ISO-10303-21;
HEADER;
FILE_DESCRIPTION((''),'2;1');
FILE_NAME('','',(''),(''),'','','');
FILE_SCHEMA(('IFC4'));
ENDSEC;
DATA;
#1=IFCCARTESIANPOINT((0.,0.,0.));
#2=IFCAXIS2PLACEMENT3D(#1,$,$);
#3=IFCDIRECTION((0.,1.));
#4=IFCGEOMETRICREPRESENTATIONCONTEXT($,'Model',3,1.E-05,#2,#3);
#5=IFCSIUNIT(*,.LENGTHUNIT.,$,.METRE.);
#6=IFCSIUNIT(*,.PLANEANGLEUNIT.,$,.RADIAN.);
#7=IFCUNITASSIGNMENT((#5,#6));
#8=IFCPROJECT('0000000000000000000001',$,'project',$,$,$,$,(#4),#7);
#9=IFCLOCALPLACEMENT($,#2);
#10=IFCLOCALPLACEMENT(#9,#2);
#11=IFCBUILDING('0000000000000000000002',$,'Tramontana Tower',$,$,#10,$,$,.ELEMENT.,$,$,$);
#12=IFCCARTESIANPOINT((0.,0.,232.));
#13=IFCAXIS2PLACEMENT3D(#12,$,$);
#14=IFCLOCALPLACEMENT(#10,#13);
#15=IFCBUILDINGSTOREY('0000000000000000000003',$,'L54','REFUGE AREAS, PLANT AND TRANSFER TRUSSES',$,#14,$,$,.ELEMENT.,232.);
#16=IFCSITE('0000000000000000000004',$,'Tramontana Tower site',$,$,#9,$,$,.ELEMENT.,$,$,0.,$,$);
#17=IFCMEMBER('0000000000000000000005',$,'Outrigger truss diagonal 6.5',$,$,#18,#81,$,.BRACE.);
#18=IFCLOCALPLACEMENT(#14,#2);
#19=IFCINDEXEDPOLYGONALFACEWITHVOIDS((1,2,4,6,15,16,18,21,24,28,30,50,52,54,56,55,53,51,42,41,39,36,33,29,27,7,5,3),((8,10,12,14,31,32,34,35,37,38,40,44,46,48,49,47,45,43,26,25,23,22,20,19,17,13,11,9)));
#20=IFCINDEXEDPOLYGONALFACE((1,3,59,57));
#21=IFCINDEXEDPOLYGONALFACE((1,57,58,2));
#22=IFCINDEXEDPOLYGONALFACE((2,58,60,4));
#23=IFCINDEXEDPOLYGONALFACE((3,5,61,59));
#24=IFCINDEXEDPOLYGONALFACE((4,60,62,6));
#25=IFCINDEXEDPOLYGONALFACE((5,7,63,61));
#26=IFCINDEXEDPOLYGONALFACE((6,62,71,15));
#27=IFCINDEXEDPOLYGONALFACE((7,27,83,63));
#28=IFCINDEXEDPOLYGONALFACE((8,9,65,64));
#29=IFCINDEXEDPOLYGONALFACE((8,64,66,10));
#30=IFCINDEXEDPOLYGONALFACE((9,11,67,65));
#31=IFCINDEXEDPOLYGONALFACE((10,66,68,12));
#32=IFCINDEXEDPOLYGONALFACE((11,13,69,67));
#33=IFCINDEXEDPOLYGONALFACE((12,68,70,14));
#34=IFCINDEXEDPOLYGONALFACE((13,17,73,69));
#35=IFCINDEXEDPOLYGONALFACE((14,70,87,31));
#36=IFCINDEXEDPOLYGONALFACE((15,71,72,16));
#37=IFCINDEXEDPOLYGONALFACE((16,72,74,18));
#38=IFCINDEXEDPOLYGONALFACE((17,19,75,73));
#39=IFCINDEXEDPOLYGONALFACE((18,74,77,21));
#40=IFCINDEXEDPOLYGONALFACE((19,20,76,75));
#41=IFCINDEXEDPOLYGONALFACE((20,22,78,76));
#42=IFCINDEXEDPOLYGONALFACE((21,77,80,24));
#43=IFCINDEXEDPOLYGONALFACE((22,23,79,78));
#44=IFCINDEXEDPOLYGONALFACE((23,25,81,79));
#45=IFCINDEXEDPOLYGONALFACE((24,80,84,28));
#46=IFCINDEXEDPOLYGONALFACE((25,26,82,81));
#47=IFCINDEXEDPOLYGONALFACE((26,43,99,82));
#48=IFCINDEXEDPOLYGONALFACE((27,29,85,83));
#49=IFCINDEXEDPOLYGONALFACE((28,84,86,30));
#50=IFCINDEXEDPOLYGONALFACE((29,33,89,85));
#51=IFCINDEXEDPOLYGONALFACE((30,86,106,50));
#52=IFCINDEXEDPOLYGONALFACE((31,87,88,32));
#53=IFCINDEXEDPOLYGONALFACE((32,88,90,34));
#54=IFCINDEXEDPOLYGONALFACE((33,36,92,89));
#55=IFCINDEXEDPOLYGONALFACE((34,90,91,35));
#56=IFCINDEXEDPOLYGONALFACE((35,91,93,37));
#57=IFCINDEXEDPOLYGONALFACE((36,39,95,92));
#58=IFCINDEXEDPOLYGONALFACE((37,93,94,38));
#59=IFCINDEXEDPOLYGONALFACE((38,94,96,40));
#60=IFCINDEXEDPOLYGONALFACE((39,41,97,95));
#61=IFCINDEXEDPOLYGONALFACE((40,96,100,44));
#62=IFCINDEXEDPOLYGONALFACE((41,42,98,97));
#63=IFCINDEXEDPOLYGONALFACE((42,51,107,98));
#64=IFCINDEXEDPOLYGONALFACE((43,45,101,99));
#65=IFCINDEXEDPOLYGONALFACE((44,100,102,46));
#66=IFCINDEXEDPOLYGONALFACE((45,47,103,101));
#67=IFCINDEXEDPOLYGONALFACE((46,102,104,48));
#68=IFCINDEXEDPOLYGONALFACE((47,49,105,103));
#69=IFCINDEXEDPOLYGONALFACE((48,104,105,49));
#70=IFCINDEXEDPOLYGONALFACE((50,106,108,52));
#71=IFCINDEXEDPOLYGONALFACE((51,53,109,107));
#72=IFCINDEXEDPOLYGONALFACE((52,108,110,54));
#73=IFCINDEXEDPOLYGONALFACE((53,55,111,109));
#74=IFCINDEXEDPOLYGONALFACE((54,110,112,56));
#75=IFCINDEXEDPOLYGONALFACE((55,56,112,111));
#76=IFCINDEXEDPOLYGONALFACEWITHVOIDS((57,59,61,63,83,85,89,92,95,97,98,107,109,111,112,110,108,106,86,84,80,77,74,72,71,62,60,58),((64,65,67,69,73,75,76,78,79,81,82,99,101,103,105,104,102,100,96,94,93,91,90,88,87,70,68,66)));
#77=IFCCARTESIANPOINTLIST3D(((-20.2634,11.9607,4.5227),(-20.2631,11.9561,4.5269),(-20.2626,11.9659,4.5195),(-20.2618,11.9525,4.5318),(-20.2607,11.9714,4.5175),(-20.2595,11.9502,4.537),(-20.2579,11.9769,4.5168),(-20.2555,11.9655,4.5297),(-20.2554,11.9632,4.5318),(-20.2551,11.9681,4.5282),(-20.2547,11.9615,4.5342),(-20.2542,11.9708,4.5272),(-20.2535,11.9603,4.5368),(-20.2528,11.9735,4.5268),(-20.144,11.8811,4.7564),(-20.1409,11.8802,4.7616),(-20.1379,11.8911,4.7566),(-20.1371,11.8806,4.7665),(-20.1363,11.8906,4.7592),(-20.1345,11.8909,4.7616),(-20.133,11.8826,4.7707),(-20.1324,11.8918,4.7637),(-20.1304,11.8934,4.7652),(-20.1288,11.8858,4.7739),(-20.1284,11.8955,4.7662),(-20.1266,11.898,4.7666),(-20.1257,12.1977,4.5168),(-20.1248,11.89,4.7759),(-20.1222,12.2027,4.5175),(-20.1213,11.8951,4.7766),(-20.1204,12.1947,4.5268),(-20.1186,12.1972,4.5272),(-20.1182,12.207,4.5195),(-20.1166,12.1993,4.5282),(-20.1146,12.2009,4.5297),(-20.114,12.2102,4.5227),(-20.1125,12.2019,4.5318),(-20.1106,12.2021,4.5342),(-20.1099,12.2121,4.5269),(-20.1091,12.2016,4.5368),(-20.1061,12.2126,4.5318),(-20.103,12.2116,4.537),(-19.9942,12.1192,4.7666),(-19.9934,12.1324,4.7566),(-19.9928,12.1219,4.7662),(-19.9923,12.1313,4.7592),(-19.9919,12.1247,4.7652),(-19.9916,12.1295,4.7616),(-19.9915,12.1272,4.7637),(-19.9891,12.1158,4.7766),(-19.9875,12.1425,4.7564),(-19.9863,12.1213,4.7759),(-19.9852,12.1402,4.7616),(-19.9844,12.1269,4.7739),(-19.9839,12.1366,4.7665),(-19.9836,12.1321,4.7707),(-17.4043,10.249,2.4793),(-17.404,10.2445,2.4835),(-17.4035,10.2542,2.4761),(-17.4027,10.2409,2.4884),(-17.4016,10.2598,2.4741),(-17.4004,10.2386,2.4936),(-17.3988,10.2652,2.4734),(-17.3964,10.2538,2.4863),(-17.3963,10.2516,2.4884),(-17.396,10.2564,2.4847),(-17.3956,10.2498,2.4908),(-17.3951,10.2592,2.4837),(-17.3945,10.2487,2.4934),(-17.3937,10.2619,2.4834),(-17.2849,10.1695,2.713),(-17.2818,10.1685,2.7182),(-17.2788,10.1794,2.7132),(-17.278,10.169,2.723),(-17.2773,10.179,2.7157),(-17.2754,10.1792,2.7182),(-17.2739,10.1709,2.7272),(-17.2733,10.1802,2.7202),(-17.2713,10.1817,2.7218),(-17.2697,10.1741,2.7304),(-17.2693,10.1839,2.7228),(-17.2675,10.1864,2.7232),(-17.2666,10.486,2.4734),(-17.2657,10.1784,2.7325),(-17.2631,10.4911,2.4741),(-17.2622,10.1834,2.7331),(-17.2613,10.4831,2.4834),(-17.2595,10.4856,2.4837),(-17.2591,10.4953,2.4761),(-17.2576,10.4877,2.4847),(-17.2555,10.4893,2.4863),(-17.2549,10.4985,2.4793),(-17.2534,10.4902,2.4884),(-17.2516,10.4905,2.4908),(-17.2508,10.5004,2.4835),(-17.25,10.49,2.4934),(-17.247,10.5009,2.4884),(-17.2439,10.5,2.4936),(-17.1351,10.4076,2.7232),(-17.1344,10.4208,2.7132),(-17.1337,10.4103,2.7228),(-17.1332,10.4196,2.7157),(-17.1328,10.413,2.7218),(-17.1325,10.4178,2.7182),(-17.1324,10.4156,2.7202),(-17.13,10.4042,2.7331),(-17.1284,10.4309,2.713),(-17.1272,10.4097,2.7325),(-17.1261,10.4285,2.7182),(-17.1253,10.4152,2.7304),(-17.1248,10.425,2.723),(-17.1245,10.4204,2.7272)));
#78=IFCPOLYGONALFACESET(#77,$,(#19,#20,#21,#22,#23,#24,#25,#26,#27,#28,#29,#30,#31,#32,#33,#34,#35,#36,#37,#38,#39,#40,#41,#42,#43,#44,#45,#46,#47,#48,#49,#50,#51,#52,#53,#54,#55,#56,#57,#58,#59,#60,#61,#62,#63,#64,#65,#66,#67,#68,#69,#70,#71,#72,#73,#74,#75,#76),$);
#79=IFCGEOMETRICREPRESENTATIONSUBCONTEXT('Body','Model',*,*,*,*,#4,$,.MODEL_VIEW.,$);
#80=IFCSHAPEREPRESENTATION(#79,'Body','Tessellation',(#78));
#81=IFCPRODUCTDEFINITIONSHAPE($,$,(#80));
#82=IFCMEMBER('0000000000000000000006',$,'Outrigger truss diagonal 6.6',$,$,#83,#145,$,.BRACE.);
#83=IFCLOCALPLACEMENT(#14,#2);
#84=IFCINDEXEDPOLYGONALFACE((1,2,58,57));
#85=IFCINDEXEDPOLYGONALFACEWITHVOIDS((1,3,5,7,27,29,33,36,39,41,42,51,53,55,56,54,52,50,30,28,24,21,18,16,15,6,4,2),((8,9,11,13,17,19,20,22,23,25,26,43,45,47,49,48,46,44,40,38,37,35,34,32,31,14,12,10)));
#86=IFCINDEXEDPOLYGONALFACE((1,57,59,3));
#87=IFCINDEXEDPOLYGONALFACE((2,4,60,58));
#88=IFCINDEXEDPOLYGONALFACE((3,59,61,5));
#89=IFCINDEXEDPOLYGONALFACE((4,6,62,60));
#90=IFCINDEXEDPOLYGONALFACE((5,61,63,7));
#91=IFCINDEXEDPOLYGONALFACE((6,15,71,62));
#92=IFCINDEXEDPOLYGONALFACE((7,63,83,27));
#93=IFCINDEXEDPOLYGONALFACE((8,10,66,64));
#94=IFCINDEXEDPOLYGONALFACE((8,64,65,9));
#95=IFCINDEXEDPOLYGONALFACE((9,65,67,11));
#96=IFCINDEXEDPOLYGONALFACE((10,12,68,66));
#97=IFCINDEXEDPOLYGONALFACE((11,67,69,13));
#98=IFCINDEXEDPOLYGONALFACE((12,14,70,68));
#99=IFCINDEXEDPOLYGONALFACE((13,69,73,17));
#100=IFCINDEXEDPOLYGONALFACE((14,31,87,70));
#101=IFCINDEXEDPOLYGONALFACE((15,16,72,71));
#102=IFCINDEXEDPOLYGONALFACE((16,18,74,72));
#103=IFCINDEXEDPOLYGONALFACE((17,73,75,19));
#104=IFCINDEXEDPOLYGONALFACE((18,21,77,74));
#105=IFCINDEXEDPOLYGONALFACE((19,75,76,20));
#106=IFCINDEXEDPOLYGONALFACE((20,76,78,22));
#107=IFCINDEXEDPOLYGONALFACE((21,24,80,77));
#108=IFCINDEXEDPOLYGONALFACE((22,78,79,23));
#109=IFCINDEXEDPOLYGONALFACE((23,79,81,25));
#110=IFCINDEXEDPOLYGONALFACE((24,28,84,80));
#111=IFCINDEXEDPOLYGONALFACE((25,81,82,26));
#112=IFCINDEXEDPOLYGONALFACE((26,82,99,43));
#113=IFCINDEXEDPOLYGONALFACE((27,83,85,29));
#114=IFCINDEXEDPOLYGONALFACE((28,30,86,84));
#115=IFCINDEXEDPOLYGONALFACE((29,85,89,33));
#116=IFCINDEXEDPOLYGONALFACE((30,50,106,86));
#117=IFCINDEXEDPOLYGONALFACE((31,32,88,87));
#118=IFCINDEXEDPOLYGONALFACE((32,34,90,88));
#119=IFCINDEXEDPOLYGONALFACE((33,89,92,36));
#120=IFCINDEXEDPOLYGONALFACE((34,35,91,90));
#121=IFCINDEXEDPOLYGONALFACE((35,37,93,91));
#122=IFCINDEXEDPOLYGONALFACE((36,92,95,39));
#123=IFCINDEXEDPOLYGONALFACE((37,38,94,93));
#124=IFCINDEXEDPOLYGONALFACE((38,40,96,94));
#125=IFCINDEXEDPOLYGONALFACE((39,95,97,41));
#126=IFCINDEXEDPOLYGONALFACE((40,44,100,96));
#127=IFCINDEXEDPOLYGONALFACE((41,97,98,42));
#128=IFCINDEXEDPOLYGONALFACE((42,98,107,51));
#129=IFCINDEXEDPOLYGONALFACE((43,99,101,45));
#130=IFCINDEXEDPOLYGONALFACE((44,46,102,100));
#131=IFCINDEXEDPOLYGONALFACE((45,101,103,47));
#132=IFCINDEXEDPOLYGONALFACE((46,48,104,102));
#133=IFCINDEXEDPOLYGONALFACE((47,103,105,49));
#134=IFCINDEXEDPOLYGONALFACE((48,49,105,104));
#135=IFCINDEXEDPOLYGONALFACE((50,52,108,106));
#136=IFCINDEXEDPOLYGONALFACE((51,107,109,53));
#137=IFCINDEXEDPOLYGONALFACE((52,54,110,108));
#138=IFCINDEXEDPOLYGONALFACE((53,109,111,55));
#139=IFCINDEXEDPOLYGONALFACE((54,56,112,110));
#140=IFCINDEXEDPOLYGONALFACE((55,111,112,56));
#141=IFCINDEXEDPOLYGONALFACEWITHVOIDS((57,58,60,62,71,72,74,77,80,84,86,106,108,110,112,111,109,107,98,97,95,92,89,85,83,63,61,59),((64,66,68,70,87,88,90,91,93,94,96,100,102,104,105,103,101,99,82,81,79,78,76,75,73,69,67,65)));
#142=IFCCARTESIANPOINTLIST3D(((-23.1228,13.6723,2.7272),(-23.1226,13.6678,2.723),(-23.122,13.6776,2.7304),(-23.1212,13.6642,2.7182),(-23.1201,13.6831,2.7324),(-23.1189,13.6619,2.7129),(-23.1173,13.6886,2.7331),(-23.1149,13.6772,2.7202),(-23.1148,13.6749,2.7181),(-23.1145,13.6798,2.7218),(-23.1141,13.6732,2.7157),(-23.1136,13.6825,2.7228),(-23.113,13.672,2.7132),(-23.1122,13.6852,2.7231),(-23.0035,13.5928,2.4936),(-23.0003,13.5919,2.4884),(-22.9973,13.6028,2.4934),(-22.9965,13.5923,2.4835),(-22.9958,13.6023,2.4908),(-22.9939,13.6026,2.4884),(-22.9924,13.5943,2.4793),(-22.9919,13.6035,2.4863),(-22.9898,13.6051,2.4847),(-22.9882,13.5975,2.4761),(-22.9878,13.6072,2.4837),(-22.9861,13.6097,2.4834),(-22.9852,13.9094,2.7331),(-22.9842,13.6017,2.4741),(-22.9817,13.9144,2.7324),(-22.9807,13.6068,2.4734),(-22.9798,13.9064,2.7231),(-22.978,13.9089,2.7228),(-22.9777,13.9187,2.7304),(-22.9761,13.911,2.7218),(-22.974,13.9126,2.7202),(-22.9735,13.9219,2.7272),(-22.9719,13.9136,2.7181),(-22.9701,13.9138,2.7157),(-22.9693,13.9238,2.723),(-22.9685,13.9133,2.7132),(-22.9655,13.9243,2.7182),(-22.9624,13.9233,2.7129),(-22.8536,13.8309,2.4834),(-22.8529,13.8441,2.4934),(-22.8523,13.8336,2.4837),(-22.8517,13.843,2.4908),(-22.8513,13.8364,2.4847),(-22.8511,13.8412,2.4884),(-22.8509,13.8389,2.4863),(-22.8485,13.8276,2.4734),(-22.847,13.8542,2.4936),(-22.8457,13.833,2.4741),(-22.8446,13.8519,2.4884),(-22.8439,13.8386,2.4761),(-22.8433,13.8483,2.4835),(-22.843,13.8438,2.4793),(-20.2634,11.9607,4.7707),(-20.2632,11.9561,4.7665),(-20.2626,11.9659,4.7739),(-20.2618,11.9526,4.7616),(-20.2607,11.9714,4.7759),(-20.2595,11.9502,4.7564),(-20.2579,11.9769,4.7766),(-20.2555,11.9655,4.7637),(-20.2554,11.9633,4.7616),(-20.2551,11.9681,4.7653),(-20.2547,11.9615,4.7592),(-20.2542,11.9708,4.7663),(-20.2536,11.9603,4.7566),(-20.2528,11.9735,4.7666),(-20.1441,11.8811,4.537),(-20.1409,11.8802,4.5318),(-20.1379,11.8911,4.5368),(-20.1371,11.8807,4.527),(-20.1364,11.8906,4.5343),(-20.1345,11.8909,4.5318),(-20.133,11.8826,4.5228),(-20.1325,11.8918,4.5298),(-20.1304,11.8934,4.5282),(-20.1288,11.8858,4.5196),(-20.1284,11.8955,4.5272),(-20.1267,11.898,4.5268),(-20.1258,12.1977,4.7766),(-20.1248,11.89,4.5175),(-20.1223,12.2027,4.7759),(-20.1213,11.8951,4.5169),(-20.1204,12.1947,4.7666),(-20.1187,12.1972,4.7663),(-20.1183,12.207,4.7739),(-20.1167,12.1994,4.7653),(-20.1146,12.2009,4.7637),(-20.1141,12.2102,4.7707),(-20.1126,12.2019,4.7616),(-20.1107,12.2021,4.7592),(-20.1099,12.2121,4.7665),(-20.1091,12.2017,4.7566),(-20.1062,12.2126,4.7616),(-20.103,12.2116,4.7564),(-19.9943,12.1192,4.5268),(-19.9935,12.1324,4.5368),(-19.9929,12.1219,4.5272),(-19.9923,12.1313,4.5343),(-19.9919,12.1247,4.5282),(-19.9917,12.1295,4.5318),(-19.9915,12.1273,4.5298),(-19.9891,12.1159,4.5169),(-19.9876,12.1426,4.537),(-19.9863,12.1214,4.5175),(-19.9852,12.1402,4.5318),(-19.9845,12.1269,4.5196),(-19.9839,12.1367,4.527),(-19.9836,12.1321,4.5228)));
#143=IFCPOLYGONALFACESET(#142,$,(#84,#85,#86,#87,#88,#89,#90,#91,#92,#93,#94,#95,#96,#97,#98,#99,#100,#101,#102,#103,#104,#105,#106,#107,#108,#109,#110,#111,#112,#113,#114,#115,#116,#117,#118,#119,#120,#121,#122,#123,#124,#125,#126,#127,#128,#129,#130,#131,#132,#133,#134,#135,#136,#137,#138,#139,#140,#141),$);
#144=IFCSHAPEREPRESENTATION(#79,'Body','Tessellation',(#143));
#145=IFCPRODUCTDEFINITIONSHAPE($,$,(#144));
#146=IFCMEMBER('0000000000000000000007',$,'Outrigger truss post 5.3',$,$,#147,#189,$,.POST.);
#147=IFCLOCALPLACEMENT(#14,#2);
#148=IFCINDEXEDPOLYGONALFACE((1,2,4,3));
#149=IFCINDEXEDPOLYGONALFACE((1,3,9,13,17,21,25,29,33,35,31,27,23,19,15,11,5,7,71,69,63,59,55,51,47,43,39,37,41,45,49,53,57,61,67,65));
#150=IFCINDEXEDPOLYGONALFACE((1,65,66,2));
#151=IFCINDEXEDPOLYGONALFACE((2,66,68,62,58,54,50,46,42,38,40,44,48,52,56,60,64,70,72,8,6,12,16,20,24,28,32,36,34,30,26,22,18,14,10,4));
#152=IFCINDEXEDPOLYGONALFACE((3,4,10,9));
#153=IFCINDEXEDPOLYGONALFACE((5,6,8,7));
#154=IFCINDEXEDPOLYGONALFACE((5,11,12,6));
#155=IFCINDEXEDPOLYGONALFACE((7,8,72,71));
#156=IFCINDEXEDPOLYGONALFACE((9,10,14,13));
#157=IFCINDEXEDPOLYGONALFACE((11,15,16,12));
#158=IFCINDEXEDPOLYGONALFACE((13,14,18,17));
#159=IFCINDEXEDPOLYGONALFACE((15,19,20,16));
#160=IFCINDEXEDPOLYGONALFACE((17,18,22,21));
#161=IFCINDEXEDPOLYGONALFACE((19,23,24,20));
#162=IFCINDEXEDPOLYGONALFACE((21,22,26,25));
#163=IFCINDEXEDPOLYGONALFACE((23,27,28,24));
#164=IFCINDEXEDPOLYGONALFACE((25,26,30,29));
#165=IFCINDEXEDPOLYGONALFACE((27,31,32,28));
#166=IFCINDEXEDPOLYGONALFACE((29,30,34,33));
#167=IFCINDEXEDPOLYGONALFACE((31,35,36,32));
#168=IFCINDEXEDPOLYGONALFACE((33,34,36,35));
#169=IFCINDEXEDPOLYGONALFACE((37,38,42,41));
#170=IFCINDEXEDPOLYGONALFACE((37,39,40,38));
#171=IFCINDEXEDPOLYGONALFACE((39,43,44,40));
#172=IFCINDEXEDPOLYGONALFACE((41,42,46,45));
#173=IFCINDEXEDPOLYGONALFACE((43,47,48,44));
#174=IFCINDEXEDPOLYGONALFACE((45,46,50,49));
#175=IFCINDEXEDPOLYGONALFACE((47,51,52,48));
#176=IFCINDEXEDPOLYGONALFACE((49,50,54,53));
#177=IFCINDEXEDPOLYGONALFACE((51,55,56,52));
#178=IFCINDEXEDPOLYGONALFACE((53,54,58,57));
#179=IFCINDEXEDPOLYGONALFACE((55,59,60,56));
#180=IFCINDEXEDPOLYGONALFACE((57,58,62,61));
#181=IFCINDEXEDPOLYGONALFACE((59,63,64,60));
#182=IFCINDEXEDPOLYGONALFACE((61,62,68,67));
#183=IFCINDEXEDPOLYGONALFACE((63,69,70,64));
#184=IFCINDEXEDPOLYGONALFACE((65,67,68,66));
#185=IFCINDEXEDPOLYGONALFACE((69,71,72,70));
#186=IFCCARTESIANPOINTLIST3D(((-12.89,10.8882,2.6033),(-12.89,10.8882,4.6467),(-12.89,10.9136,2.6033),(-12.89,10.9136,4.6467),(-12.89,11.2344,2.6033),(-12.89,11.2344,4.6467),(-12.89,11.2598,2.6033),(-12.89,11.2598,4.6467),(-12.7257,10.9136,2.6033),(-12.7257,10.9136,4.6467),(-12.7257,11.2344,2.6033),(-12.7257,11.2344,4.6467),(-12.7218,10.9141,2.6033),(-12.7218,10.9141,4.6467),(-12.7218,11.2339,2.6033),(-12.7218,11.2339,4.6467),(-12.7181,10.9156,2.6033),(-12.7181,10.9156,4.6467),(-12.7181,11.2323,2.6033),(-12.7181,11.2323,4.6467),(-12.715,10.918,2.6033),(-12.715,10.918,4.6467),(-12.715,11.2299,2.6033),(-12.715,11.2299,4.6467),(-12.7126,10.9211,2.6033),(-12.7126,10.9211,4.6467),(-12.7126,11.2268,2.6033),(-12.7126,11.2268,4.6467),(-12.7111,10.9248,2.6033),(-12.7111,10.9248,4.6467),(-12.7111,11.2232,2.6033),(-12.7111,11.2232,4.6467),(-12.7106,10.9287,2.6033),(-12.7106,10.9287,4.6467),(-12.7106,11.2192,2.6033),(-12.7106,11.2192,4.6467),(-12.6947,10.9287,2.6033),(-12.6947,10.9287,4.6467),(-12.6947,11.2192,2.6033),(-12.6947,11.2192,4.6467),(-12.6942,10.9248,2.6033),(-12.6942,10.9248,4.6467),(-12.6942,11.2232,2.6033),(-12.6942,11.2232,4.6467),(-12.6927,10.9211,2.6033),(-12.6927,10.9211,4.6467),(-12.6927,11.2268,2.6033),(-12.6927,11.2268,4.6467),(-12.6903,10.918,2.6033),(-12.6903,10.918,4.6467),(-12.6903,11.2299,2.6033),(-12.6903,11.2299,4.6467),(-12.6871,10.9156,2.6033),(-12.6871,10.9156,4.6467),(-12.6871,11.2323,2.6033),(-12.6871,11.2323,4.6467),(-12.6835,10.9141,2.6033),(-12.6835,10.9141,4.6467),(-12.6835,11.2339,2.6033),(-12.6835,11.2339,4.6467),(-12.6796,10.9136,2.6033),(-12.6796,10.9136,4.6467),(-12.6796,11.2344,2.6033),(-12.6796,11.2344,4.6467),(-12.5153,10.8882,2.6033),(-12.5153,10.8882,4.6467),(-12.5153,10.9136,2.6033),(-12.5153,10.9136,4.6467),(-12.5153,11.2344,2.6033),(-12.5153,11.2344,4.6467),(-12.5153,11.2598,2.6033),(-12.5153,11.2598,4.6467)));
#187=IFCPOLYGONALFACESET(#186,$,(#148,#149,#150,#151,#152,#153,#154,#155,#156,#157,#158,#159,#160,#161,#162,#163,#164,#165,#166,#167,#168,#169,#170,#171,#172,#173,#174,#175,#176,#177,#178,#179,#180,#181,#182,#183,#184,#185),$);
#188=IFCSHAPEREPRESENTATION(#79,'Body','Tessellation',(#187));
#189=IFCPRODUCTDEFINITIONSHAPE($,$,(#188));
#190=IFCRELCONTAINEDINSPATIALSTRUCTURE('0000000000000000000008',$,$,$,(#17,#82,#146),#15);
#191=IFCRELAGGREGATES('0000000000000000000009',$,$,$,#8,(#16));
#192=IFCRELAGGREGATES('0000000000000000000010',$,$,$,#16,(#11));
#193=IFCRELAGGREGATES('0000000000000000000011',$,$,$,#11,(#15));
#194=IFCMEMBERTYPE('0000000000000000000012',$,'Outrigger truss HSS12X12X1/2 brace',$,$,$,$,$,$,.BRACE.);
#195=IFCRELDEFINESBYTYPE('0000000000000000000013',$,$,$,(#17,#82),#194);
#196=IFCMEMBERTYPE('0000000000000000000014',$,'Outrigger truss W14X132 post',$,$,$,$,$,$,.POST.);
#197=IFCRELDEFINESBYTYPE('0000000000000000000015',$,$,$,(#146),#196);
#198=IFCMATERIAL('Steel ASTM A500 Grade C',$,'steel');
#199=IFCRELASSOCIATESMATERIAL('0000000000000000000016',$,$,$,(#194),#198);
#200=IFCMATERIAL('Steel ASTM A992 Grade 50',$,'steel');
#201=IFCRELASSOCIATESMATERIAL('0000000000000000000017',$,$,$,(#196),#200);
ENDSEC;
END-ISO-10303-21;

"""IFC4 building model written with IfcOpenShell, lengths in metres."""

from ifc_helpers import new_model, si_unit, direction, frame, origin, origin_2d, place, context, subcontext, project, spatial, hollow_rectangle, i_section, extrude, material, material_profile, profile_set, type_object, element, save


model = new_model("IFC4")

# Units and contexts
model_context = context("Model", 3, precision=1e-05, world=origin(), true_north=direction((0.0, 1.0)))
body_context = subcontext(model_context, "Body", "Model", "MODEL_VIEW")
ifc_project = project(units=[si_unit("LENGTHUNIT", "METRE"), si_unit("PLANEANGLEUNIT", "RADIAN")], contexts=[model_context])

# Site, building, storey
site_placement = place(None, origin())
site = spatial("IfcSite", under=ifc_project, at=site_placement, Name="Tramontana Tower site", CompositionType="ELEMENT", RefElevation=0.0)
building_placement = place(site_placement, origin())
building = spatial("IfcBuilding", under=site, at=building_placement, Name="Tramontana Tower", CompositionType="ELEMENT")
storey_placement = place(building_placement, frame((0.0, 0.0, 232.0)))
storey = spatial("IfcBuildingStorey", under=building, at=storey_placement, Name="L54", Description="REFUGE AREAS, PLANT AND TRANSFER TRUSSES", CompositionType="ELEMENT", Elevation=232.0)

# Members
ifc_material_1 = material(Name="Steel ASTM A500 Grade C", Category="steel")
ifc_material_profile_1 = material_profile(ifc_material_1, hollow_rectangle(XDim=0.3047, YDim=0.3047, WallThickness=0.0117, InnerFilletRadius=0.0117, OuterFilletRadius=0.0237, at=origin_2d()), Name="HSS12X12X1/2")
ifc_profile_set_1 = profile_set([ifc_material_profile_1], Name="Steel ASTM A500 Grade C")
member_type_1 = type_object("IfcMemberType", Name="Outrigger truss HSS12X12X1/2 brace", PredefinedType="BRACE", material=ifc_profile_set_1)
member_1_placement = place(storey_placement, frame((-17.2644, 10.3347, 2.6033), z_axis=(-0.731425, 0.437881, 0.522759), x_axis=(-0.513655, -0.857997, 0.0)))
element("IfcMember", 1, at=member_1_placement, inside=storey, type_object=member_type_1, Name="Outrigger truss diagonal 6.5", PredefinedType="BRACE", context=body_context, shape_type="SweptSolid", body=[
    extrude(hollow_rectangle(XDim=0.3047, YDim=0.3047, WallThickness=0.0117, InnerFilletRadius=0.0117, OuterFilletRadius=0.0237, at=origin_2d()), origin(), (0.0, 0.0, 1.0), 3.9089),
])
member_2_placement = place(storey_placement, frame((-20.1235, 12.0464, 4.6467), z_axis=(-0.731455, 0.437861, -0.522735), x_axis=(-0.513623, -0.858016, 0.0)))
element("IfcMember", 2, at=member_2_placement, inside=storey, type_object=member_type_1, Name="Outrigger truss diagonal 6.6", PredefinedType="BRACE", context=body_context, shape_type="SweptSolid", body=[
    extrude(hollow_rectangle(XDim=0.3047, YDim=0.3047, WallThickness=0.0117, InnerFilletRadius=0.0117, OuterFilletRadius=0.0237, at=origin_2d()), origin(), (0.0, 0.0, 1.0), 3.9092),
])
ifc_material_2 = material(Name="Steel ASTM A992 Grade 50", Category="steel")
ifc_material_profile_2 = material_profile(ifc_material_2, i_section(OverallWidth=0.3748, OverallDepth=0.3716, WebThickness=0.0159, FlangeThickness=0.0254, FilletRadius=0.0151, at=origin_2d()), Name="W14X132")
ifc_profile_set_2 = profile_set([ifc_material_profile_2], Name="Steel ASTM A992 Grade 50")
member_type_2 = type_object("IfcMemberType", Name="Outrigger truss W14X132 post", PredefinedType="POST", material=ifc_profile_set_2)
for number, where, z_axis, x_axis, name in (
    (3, (-12.7026, 11.074, 2.6033), (0.0, 0.0, 1.0), (1.0, 0.0, 0.0), "Outrigger truss post 5.3"),
):
    element("IfcMember", number, at=place(storey_placement, frame(where, z_axis=z_axis, x_axis=x_axis)), inside=storey, type_object=member_type_2, Name=name, PredefinedType="POST", context=body_context, shape_type="SweptSolid", body=[
        extrude(i_section(OverallWidth=0.3748, OverallDepth=0.3716, WebThickness=0.0159, FlangeThickness=0.0254, FilletRadius=0.0151, at=origin_2d()), origin(), (0.0, 0.0, 1.0), 2.0435),
    ])

save(model, "model.ifc")
